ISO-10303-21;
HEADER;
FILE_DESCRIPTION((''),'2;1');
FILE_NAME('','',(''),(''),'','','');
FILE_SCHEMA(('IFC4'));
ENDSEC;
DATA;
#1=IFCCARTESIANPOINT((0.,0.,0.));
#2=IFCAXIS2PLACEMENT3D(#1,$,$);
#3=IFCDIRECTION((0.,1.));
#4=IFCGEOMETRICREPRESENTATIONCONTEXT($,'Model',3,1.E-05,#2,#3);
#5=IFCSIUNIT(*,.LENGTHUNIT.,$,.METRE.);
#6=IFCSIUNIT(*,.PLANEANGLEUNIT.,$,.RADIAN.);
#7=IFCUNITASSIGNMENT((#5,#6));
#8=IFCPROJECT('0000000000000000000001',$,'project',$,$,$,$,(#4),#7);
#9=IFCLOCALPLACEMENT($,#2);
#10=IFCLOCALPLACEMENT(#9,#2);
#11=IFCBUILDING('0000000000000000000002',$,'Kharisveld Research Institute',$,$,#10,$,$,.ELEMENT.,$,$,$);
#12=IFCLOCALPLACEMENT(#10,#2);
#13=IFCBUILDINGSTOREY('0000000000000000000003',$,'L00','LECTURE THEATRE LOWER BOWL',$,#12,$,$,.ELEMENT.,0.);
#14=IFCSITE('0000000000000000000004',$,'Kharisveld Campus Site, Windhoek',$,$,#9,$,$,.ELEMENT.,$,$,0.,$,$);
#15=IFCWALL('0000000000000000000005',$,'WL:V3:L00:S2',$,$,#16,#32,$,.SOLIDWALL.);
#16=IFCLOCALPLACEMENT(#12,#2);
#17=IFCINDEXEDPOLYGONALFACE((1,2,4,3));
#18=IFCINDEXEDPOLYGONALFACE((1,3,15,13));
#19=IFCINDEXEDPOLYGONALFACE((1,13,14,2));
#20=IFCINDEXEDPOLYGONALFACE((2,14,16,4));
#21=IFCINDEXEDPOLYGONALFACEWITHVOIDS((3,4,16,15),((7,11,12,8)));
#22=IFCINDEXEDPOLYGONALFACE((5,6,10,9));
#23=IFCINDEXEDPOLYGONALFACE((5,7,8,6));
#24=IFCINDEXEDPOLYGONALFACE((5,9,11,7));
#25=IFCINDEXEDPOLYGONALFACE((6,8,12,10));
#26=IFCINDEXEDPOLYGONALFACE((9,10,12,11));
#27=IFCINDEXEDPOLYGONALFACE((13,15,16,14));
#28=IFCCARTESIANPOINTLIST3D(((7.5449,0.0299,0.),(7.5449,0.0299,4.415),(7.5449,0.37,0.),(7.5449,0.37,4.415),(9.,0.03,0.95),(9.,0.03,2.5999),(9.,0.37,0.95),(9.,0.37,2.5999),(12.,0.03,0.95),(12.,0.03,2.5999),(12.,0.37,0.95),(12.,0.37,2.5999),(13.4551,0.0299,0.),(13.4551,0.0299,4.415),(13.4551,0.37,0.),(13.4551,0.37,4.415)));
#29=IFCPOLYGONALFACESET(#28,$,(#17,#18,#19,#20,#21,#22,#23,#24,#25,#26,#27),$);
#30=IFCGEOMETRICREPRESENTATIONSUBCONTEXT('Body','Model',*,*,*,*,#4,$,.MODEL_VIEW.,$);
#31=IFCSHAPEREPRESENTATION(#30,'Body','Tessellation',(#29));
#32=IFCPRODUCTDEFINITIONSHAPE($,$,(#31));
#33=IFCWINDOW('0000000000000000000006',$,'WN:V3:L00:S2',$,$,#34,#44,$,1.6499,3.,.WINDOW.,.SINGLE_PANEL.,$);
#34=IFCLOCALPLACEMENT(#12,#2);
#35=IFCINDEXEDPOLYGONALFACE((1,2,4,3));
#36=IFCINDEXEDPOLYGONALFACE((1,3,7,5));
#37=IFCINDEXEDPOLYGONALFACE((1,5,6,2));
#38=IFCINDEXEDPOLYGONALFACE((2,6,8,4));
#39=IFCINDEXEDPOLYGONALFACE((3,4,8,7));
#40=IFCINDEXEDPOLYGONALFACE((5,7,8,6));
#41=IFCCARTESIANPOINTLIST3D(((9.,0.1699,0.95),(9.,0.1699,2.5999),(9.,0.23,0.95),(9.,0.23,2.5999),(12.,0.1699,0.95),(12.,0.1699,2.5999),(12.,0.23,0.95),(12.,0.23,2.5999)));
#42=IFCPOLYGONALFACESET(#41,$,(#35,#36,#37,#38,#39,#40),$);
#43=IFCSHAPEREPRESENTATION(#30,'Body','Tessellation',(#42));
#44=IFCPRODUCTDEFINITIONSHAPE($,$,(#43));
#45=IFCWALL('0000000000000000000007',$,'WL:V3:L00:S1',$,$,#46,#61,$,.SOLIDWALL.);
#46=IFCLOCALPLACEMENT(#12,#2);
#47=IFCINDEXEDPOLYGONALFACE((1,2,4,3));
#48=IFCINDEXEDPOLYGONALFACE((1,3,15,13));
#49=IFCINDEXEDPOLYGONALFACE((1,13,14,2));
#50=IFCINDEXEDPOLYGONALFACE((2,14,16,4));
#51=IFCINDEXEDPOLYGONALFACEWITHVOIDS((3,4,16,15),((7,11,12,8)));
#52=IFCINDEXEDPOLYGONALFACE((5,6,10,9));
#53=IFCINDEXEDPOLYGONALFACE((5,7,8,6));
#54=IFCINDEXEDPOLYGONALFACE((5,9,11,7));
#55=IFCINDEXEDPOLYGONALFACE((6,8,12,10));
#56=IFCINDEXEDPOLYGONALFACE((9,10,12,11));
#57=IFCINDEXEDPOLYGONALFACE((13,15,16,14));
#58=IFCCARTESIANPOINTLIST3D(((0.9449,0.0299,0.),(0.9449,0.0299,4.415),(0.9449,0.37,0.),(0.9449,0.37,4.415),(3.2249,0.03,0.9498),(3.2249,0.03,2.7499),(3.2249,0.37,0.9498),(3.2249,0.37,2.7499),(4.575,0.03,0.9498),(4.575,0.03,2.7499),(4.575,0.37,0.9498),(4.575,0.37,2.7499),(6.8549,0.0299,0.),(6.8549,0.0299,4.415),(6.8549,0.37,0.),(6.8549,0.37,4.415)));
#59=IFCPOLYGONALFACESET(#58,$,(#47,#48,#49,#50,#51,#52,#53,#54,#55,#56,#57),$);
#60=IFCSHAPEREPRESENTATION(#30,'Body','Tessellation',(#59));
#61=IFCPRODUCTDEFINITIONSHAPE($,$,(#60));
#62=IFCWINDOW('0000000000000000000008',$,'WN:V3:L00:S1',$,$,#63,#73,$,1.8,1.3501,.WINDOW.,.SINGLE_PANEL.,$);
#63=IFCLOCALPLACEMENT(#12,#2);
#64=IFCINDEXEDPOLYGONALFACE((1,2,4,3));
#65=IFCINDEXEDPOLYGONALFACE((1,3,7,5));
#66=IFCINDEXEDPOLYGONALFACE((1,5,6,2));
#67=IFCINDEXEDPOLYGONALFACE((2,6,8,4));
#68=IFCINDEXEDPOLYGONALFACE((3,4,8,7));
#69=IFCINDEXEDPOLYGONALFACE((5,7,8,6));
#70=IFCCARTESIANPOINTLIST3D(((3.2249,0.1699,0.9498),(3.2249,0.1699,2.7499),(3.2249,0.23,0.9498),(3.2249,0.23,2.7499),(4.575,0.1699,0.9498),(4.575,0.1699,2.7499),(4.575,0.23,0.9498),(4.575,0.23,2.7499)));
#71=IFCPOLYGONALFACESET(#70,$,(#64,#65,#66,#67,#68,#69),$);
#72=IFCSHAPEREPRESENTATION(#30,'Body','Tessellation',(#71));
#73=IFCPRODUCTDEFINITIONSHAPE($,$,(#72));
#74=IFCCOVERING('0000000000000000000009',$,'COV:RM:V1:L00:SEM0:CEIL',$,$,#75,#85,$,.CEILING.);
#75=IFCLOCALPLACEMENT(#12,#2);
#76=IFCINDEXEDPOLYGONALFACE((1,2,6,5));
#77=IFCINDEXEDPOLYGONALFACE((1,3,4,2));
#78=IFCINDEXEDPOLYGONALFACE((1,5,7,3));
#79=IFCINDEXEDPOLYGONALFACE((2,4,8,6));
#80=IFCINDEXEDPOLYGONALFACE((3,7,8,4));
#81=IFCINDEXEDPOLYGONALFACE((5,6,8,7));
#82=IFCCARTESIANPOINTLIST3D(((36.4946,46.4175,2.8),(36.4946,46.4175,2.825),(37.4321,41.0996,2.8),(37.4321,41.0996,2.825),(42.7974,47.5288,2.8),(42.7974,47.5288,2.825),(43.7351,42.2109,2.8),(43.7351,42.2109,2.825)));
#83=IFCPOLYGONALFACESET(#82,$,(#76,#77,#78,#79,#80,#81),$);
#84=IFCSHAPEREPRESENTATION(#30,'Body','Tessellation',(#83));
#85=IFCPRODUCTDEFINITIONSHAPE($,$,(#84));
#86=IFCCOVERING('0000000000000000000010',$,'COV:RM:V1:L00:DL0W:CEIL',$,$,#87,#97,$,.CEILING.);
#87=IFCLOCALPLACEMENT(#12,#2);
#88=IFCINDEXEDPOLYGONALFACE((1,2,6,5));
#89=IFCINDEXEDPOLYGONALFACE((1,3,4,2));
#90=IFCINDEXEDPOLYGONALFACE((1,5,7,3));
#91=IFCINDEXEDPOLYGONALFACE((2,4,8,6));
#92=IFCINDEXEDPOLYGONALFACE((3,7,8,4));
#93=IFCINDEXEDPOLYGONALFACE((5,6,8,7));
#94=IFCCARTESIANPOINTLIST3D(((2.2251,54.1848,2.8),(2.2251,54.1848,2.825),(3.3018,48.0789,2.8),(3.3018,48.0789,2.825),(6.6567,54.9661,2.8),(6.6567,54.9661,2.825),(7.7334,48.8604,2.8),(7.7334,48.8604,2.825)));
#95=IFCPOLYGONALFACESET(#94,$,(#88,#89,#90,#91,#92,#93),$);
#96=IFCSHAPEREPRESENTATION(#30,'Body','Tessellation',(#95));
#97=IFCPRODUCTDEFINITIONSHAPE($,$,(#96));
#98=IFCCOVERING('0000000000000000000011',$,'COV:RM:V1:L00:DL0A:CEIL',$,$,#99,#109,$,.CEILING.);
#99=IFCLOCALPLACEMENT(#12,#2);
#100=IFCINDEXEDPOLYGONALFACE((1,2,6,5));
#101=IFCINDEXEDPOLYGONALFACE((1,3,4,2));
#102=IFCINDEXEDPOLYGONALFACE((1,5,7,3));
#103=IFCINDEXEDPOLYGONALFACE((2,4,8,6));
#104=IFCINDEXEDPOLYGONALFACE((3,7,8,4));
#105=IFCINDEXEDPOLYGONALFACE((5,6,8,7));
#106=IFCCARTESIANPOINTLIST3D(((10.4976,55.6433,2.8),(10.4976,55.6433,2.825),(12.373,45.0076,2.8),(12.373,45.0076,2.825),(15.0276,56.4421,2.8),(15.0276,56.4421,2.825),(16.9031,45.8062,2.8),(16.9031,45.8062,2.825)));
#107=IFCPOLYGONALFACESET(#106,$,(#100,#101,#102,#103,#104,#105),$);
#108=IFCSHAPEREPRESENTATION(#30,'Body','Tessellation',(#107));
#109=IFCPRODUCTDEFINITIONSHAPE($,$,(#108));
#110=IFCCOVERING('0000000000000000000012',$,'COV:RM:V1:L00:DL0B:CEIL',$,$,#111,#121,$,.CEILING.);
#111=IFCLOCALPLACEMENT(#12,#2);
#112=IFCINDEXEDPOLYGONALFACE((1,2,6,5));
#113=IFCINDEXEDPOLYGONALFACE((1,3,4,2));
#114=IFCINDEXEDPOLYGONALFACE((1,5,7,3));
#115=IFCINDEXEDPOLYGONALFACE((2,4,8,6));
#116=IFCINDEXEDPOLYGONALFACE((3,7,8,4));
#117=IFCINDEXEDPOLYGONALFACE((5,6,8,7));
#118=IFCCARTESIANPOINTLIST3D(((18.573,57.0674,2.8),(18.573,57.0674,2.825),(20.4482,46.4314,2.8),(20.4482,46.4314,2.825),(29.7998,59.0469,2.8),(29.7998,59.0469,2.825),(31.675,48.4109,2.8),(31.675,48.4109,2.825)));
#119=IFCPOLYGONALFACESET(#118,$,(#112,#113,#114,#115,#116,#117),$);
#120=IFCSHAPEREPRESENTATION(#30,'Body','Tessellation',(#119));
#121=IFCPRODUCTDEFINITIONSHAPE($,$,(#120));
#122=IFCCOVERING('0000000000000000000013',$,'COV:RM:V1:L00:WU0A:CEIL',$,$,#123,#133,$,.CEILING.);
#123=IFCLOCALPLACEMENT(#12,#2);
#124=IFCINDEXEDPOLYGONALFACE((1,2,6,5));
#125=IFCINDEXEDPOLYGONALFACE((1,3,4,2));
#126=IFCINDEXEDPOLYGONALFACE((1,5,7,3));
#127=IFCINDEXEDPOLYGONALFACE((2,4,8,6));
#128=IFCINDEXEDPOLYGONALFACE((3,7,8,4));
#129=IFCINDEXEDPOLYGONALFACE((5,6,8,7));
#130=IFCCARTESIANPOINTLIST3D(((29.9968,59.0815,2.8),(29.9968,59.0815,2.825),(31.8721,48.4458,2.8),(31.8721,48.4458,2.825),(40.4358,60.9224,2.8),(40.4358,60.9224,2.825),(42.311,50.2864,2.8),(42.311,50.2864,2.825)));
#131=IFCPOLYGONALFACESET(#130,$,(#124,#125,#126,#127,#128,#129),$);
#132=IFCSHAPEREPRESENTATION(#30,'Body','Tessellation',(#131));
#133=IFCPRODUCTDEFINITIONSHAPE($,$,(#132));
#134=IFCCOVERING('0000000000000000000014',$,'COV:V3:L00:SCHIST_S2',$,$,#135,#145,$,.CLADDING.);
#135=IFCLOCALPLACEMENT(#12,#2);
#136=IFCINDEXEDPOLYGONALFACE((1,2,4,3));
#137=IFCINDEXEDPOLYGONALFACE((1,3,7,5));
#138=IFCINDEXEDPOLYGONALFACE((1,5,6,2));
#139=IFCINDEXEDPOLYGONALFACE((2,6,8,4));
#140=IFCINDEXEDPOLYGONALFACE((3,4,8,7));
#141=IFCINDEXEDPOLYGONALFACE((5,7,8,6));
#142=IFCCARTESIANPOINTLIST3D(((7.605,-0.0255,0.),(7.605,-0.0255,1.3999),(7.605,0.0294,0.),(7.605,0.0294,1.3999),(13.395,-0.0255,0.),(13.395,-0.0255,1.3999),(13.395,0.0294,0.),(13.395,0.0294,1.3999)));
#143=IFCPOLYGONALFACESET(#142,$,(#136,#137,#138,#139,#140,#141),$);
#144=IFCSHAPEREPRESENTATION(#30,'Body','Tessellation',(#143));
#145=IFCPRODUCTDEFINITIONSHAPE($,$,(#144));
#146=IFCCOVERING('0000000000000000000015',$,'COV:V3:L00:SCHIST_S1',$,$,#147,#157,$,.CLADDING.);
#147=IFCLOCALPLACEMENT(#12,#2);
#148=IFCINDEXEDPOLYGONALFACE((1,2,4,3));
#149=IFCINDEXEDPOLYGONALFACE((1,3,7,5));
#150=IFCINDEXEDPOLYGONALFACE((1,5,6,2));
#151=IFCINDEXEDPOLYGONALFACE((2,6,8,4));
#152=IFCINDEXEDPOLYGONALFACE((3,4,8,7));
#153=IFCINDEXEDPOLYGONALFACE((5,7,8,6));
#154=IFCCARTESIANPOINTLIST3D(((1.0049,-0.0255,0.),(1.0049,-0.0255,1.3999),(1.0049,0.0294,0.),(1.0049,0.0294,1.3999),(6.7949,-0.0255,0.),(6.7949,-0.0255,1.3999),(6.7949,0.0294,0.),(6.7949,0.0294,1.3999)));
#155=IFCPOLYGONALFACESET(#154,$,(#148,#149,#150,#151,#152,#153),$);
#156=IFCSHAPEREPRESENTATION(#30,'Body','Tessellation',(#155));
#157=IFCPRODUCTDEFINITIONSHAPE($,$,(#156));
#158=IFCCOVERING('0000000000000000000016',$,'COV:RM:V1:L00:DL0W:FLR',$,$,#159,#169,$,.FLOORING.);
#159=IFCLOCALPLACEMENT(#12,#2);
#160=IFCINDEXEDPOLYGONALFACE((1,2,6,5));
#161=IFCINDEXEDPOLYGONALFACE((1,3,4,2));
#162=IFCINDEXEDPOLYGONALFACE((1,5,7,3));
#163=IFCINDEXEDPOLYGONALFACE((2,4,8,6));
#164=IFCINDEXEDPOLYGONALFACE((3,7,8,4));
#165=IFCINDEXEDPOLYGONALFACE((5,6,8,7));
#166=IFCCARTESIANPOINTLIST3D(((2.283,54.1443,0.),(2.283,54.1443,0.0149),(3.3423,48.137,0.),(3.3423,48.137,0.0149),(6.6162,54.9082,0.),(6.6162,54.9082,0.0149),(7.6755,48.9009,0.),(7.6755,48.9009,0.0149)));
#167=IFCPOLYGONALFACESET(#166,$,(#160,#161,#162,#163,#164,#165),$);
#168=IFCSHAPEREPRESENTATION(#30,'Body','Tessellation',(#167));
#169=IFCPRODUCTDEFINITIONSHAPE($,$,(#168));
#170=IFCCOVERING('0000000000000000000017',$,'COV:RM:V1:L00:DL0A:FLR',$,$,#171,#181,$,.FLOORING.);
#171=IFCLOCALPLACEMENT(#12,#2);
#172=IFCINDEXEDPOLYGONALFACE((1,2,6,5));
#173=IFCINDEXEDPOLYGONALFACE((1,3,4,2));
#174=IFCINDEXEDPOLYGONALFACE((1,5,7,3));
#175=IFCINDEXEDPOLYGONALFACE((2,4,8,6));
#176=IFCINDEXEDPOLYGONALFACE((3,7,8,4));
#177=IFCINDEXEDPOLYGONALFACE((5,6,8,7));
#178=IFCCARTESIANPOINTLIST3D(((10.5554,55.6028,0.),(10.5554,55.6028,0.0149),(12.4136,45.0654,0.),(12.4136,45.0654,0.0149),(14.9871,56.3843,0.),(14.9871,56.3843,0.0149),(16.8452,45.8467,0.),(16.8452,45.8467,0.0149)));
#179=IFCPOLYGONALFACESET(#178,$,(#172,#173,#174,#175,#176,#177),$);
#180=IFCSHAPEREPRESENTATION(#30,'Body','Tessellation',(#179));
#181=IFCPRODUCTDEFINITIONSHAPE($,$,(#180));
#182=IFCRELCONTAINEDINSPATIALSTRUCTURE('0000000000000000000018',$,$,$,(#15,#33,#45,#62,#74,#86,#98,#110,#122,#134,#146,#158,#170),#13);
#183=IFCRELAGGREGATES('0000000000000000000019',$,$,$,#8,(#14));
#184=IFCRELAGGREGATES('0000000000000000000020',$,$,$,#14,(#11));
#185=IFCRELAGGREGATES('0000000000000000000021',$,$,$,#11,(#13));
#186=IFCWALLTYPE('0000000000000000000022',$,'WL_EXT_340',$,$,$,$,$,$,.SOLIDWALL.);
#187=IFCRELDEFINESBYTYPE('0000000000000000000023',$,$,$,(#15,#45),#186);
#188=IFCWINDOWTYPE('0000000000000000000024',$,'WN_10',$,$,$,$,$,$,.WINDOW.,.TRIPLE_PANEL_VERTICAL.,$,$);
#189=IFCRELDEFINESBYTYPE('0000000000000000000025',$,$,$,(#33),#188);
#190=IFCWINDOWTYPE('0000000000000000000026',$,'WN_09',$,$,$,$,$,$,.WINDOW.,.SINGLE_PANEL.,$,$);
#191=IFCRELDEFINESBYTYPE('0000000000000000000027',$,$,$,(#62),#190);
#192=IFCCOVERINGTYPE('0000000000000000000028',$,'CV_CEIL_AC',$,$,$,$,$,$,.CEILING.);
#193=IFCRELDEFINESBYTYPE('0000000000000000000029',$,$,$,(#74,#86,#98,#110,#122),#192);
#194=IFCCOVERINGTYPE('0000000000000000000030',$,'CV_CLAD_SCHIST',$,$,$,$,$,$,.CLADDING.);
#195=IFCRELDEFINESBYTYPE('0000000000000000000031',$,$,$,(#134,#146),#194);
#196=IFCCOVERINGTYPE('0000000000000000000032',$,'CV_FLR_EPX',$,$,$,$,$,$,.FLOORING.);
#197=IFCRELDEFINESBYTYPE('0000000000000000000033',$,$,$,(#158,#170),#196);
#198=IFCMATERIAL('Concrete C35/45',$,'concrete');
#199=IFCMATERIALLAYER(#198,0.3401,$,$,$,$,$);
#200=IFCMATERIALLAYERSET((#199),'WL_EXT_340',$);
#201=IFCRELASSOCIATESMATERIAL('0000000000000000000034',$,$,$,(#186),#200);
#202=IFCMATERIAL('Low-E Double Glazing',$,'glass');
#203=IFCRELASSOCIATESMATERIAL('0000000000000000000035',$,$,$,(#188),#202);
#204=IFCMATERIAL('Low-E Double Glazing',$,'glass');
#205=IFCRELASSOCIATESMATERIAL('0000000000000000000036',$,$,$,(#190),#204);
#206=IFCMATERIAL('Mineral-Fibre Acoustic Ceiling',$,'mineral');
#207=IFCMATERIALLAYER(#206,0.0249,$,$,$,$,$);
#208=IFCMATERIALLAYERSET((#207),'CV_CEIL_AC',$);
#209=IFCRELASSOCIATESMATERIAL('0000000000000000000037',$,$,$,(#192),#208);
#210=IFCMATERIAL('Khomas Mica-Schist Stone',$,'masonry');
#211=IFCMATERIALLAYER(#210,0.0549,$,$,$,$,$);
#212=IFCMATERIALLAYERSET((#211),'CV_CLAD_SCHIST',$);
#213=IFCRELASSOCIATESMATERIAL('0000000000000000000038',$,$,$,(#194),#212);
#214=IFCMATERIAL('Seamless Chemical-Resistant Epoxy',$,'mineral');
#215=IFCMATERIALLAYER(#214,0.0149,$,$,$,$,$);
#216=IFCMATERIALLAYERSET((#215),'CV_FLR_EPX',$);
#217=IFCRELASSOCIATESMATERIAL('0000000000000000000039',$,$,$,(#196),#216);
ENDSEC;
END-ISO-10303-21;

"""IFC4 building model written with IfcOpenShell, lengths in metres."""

from ifc_helpers import new_model, si_unit, direction, frame, frame_2d, origin, origin_2d, place, context, subcontext, project, spatial, polyline, rectangle, outline, extrude, material, layer, layer_set, type_object, element, fill, save


model = new_model("IFC4")

# Units and contexts
model_context = context("Model", 3, precision=1e-05, world=origin(), true_north=direction((0.0, 1.0)))
body_context = subcontext(model_context, "Body", "Model", "MODEL_VIEW")
ifc_project = project(units=[si_unit("LENGTHUNIT", "METRE"), si_unit("PLANEANGLEUNIT", "RADIAN")], contexts=[model_context])

# Site, building, storey
site_placement = place(None, origin())
site = spatial("IfcSite", under=ifc_project, at=site_placement, Name="Kharisveld Campus Site, Windhoek", CompositionType="ELEMENT", RefElevation=0.0)
building_placement = place(site_placement, origin())
building = spatial("IfcBuilding", under=site, at=building_placement, Name="Kharisveld Research Institute", CompositionType="ELEMENT")
storey_placement = place(building_placement, origin())
storey = spatial("IfcBuildingStorey", under=building, at=storey_placement, Name="L00", Description="LECTURE THEATRE LOWER BOWL", CompositionType="ELEMENT", Elevation=0.0)

# Walls, openings, windows
ifc_material_1 = material(Name="Concrete C35/45", Category="concrete")
ifc_layer_1 = layer(ifc_material_1, 0.3401)
ifc_layer_set_1 = layer_set([ifc_layer_1], Name="WL_EXT_340")
wall_type = type_object("IfcWallType", Name="WL_EXT_340", PredefinedType="SOLIDWALL", material=ifc_layer_set_1)
wall_1_placement = place(storey_placement, frame((13.4551, 0.2, 0.0), z_axis=(0.0, 0.0, 1.0), x_axis=(-1.0, 0.0, 0.0)))
wall_1 = element("IfcWall", 1, at=wall_1_placement, inside=storey, type_object=wall_type, Name="WL:V3:L00:S2", PredefinedType="SOLIDWALL", context=body_context, shape_type="SweptSolid", body=[
    extrude(rectangle(XDim=5.9102, YDim=0.3401, at=frame_2d((2.9551, 0.0))), origin(), (0.0, 0.0, 1.0), 4.415),
])
opening_1_placement = place(wall_1_placement, frame((1.4551, 0.0, 0.95)))
opening_1 = element("IfcOpeningElement", 2, at=opening_1_placement, cuts=wall_1, PredefinedType="OPENING", context=body_context, shape_type="SweptSolid", body=[
    extrude(rectangle(XDim=3.0, YDim=1.6499, at=frame_2d((1.5, 0.825))), frame((0.0, 0.1699, 0.0), z_axis=(0.0, -1.0, 0.0), x_axis=(1.0, 0.0, 0.0)), (0.0, 0.0, 1.0), 0.3401),
])
ifc_material_2 = material(Name="Low-E Double Glazing", Category="glass")
window_type_1 = type_object("IfcWindowType", Name="WN_10", PartitioningType="TRIPLE_PANEL_VERTICAL", PredefinedType="WINDOW", material=ifc_material_2)
window_1_placement = place(opening_1_placement, origin())
window_1 = element("IfcWindow", 3, at=window_1_placement, inside=storey, type_object=window_type_1, Name="WN:V3:L00:S2", OverallHeight=1.6499, OverallWidth=3.0, PartitioningType="SINGLE_PANEL", PredefinedType="WINDOW", context=body_context, shape_type="SweptSolid", body=[
    extrude(rectangle(XDim=3.0, YDim=1.6499, at=frame_2d((1.5, 0.825))), frame((0.0, 0.03, 0.0), z_axis=(0.0, -1.0, 0.0), x_axis=(1.0, 0.0, 0.0)), (0.0, 0.0, 1.0), 0.0601),
])
fill(opening_1, window_1)
wall_2_placement = place(storey_placement, frame((6.855, 0.2, 0.0), z_axis=(0.0, 0.0, 1.0), x_axis=(-1.0, 0.0, 0.0)))
wall_2 = element("IfcWall", 4, at=wall_2_placement, inside=storey, type_object=wall_type, Name="WL:V3:L00:S1", PredefinedType="SOLIDWALL", context=body_context, shape_type="SweptSolid", body=[
    extrude(rectangle(XDim=5.9099, YDim=0.3401, at=frame_2d((2.9551, 0.0))), origin(), (0.0, 0.0, 1.0), 4.415),
])
opening_2_placement = place(wall_2_placement, frame((2.28, 0.0, 0.95)))
opening_2 = element("IfcOpeningElement", 5, at=opening_2_placement, cuts=wall_2, PredefinedType="OPENING", context=body_context, shape_type="SweptSolid", body=[
    extrude(rectangle(XDim=1.3501, YDim=1.8, at=frame_2d((0.675, 0.8999))), frame((0.0, 0.1699, 0.0), z_axis=(0.0, -1.0, 0.0), x_axis=(1.0, 0.0, 0.0)), (0.0, 0.0, 1.0), 0.3401),
])
ifc_material_3 = material(Name="Low-E Double Glazing", Category="glass")
window_type_2 = type_object("IfcWindowType", Name="WN_09", PartitioningType="SINGLE_PANEL", PredefinedType="WINDOW", material=ifc_material_3)
window_2_placement = place(opening_2_placement, origin())
window_2 = element("IfcWindow", 6, at=window_2_placement, inside=storey, type_object=window_type_2, Name="WN:V3:L00:S1", OverallHeight=1.8, OverallWidth=1.3501, PartitioningType="SINGLE_PANEL", PredefinedType="WINDOW", context=body_context, shape_type="SweptSolid", body=[
    extrude(rectangle(XDim=1.3501, YDim=1.8, at=frame_2d((0.675, 0.8999))), frame((0.0, 0.03, 0.0), z_axis=(0.0, -1.0, 0.0), x_axis=(1.0, 0.0, 0.0)), (0.0, 0.0, 1.0), 0.0601),
])
fill(opening_2, window_2)

# Coverings
ifc_material_4 = material(Name="Mineral-Fibre Acoustic Ceiling", Category="mineral")
ifc_layer_2 = layer(ifc_material_4, 0.0249)
ifc_layer_set_2 = layer_set([ifc_layer_2], Name="CV_CEIL_AC")
covering_type_1 = type_object("IfcCoveringType", Name="CV_CEIL_AC", PredefinedType="CEILING", material=ifc_layer_set_2)
covering_1_placement = place(storey_placement, frame((0.0, 0.0, 2.8)))
element("IfcCovering", 7, at=covering_1_placement, inside=storey, type_object=covering_type_1, Name="COV:RM:V1:L00:SEM0:CEIL", PredefinedType="CEILING", context=body_context, shape_type="SweptSolid", body=[
    extrude(outline(polyline([(37.4321, 41.0996), (43.7351, 42.2109), (42.7974, 47.5288), (36.4946, 46.4175), (37.4321, 41.0996)])), origin(), (0.0, 0.0, 1.0), 0.0249),
])
covering_2_placement = place(storey_placement, frame((0.0, 0.0, 2.8)))
element("IfcCovering", 8, at=covering_2_placement, inside=storey, type_object=covering_type_1, Name="COV:RM:V1:L00:DL0W:CEIL", PredefinedType="CEILING", context=body_context, shape_type="SweptSolid", body=[
    extrude(outline(polyline([(3.3018, 48.0789), (7.7334, 48.8604), (6.6567, 54.9661), (2.2251, 54.1848), (3.3018, 48.0789)])), origin(), (0.0, 0.0, 1.0), 0.0249),
])
covering_3_placement = place(storey_placement, frame((0.0, 0.0, 2.8)))
element("IfcCovering", 9, at=covering_3_placement, inside=storey, type_object=covering_type_1, Name="COV:RM:V1:L00:DL0A:CEIL", PredefinedType="CEILING", context=body_context, shape_type="SweptSolid", body=[
    extrude(outline(polyline([(12.373, 45.0076), (16.9031, 45.8062), (15.0276, 56.4421), (10.4976, 55.6433), (12.373, 45.0076)])), origin(), (0.0, 0.0, 1.0), 0.0249),
])
covering_4_placement = place(storey_placement, frame((0.0, 0.0, 2.8)))
element("IfcCovering", 10, at=covering_4_placement, inside=storey, type_object=covering_type_1, Name="COV:RM:V1:L00:DL0B:CEIL", PredefinedType="CEILING", context=body_context, shape_type="SweptSolid", body=[
    extrude(outline(polyline([(20.4482, 46.4314), (31.675, 48.4109), (29.7998, 59.0469), (18.573, 57.0674), (20.4482, 46.4314)])), origin(), (0.0, 0.0, 1.0), 0.0249),
])
covering_5_placement = place(storey_placement, frame((0.0, 0.0, 2.8)))
element("IfcCovering", 11, at=covering_5_placement, inside=storey, type_object=covering_type_1, Name="COV:RM:V1:L00:WU0A:CEIL", PredefinedType="CEILING", context=body_context, shape_type="SweptSolid", body=[
    extrude(outline(polyline([(31.8721, 48.4458), (42.311, 50.2864), (40.4358, 60.9224), (29.9968, 59.0815), (31.8721, 48.4458)])), origin(), (0.0, 0.0, 1.0), 0.0249),
])
ifc_material_5 = material(Name="Khomas Mica-Schist Stone", Category="masonry")
ifc_layer_3 = layer(ifc_material_5, 0.0549)
ifc_layer_set_3 = layer_set([ifc_layer_3], Name="CV_CLAD_SCHIST")
covering_type_2 = type_object("IfcCoveringType", Name="CV_CLAD_SCHIST", PredefinedType="CLADDING", material=ifc_layer_set_3)
for number, where, z_axis, x_axis, name in (
    (12, (10.5, 0.002, 0.0), (0.0, 0.0, 1.0), (-1.0, 0.0, 0.0), "COV:V3:L00:SCHIST_S2"),
    (13, (3.8999, 0.002, 0.0), (0.0, 0.0, 1.0), (-1.0, 0.0, 0.0), "COV:V3:L00:SCHIST_S1"),
):
    element("IfcCovering", number, at=place(storey_placement, frame(where, z_axis=z_axis, x_axis=x_axis)), inside=storey, type_object=covering_type_2, Name=name, PredefinedType="CLADDING", context=body_context, shape_type="SweptSolid", body=[
        extrude(rectangle(XDim=5.79, YDim=0.0549, at=origin_2d()), origin(), (0.0, 0.0, 1.0), 1.3999),
    ])
ifc_material_6 = material(Name="Seamless Chemical-Resistant Epoxy", Category="mineral")
ifc_layer_4 = layer(ifc_material_6, 0.0149)
ifc_layer_set_4 = layer_set([ifc_layer_4], Name="CV_FLR_EPX")
covering_type_3 = type_object("IfcCoveringType", Name="CV_FLR_EPX", PredefinedType="FLOORING", material=ifc_layer_set_4)
covering_6_placement = place(storey_placement, origin())
element("IfcCovering", 14, at=covering_6_placement, inside=storey, type_object=covering_type_3, Name="COV:RM:V1:L00:DL0W:FLR", PredefinedType="FLOORING", context=body_context, shape_type="SweptSolid", body=[
    extrude(outline(polyline([(3.3423, 48.137), (7.6755, 48.9009), (6.6162, 54.9082), (2.283, 54.1443), (3.3423, 48.137)])), origin(), (0.0, 0.0, 1.0), 0.0149),
])
covering_7_placement = place(storey_placement, origin())
element("IfcCovering", 15, at=covering_7_placement, inside=storey, type_object=covering_type_3, Name="COV:RM:V1:L00:DL0A:FLR", PredefinedType="FLOORING", context=body_context, shape_type="SweptSolid", body=[
    extrude(outline(polyline([(12.4136, 45.0654), (16.8452, 45.8467), (14.9871, 56.3843), (10.5554, 55.6028), (12.4136, 45.0654)])), origin(), (0.0, 0.0, 1.0), 0.0149),
])

save(model, "model.ifc")
